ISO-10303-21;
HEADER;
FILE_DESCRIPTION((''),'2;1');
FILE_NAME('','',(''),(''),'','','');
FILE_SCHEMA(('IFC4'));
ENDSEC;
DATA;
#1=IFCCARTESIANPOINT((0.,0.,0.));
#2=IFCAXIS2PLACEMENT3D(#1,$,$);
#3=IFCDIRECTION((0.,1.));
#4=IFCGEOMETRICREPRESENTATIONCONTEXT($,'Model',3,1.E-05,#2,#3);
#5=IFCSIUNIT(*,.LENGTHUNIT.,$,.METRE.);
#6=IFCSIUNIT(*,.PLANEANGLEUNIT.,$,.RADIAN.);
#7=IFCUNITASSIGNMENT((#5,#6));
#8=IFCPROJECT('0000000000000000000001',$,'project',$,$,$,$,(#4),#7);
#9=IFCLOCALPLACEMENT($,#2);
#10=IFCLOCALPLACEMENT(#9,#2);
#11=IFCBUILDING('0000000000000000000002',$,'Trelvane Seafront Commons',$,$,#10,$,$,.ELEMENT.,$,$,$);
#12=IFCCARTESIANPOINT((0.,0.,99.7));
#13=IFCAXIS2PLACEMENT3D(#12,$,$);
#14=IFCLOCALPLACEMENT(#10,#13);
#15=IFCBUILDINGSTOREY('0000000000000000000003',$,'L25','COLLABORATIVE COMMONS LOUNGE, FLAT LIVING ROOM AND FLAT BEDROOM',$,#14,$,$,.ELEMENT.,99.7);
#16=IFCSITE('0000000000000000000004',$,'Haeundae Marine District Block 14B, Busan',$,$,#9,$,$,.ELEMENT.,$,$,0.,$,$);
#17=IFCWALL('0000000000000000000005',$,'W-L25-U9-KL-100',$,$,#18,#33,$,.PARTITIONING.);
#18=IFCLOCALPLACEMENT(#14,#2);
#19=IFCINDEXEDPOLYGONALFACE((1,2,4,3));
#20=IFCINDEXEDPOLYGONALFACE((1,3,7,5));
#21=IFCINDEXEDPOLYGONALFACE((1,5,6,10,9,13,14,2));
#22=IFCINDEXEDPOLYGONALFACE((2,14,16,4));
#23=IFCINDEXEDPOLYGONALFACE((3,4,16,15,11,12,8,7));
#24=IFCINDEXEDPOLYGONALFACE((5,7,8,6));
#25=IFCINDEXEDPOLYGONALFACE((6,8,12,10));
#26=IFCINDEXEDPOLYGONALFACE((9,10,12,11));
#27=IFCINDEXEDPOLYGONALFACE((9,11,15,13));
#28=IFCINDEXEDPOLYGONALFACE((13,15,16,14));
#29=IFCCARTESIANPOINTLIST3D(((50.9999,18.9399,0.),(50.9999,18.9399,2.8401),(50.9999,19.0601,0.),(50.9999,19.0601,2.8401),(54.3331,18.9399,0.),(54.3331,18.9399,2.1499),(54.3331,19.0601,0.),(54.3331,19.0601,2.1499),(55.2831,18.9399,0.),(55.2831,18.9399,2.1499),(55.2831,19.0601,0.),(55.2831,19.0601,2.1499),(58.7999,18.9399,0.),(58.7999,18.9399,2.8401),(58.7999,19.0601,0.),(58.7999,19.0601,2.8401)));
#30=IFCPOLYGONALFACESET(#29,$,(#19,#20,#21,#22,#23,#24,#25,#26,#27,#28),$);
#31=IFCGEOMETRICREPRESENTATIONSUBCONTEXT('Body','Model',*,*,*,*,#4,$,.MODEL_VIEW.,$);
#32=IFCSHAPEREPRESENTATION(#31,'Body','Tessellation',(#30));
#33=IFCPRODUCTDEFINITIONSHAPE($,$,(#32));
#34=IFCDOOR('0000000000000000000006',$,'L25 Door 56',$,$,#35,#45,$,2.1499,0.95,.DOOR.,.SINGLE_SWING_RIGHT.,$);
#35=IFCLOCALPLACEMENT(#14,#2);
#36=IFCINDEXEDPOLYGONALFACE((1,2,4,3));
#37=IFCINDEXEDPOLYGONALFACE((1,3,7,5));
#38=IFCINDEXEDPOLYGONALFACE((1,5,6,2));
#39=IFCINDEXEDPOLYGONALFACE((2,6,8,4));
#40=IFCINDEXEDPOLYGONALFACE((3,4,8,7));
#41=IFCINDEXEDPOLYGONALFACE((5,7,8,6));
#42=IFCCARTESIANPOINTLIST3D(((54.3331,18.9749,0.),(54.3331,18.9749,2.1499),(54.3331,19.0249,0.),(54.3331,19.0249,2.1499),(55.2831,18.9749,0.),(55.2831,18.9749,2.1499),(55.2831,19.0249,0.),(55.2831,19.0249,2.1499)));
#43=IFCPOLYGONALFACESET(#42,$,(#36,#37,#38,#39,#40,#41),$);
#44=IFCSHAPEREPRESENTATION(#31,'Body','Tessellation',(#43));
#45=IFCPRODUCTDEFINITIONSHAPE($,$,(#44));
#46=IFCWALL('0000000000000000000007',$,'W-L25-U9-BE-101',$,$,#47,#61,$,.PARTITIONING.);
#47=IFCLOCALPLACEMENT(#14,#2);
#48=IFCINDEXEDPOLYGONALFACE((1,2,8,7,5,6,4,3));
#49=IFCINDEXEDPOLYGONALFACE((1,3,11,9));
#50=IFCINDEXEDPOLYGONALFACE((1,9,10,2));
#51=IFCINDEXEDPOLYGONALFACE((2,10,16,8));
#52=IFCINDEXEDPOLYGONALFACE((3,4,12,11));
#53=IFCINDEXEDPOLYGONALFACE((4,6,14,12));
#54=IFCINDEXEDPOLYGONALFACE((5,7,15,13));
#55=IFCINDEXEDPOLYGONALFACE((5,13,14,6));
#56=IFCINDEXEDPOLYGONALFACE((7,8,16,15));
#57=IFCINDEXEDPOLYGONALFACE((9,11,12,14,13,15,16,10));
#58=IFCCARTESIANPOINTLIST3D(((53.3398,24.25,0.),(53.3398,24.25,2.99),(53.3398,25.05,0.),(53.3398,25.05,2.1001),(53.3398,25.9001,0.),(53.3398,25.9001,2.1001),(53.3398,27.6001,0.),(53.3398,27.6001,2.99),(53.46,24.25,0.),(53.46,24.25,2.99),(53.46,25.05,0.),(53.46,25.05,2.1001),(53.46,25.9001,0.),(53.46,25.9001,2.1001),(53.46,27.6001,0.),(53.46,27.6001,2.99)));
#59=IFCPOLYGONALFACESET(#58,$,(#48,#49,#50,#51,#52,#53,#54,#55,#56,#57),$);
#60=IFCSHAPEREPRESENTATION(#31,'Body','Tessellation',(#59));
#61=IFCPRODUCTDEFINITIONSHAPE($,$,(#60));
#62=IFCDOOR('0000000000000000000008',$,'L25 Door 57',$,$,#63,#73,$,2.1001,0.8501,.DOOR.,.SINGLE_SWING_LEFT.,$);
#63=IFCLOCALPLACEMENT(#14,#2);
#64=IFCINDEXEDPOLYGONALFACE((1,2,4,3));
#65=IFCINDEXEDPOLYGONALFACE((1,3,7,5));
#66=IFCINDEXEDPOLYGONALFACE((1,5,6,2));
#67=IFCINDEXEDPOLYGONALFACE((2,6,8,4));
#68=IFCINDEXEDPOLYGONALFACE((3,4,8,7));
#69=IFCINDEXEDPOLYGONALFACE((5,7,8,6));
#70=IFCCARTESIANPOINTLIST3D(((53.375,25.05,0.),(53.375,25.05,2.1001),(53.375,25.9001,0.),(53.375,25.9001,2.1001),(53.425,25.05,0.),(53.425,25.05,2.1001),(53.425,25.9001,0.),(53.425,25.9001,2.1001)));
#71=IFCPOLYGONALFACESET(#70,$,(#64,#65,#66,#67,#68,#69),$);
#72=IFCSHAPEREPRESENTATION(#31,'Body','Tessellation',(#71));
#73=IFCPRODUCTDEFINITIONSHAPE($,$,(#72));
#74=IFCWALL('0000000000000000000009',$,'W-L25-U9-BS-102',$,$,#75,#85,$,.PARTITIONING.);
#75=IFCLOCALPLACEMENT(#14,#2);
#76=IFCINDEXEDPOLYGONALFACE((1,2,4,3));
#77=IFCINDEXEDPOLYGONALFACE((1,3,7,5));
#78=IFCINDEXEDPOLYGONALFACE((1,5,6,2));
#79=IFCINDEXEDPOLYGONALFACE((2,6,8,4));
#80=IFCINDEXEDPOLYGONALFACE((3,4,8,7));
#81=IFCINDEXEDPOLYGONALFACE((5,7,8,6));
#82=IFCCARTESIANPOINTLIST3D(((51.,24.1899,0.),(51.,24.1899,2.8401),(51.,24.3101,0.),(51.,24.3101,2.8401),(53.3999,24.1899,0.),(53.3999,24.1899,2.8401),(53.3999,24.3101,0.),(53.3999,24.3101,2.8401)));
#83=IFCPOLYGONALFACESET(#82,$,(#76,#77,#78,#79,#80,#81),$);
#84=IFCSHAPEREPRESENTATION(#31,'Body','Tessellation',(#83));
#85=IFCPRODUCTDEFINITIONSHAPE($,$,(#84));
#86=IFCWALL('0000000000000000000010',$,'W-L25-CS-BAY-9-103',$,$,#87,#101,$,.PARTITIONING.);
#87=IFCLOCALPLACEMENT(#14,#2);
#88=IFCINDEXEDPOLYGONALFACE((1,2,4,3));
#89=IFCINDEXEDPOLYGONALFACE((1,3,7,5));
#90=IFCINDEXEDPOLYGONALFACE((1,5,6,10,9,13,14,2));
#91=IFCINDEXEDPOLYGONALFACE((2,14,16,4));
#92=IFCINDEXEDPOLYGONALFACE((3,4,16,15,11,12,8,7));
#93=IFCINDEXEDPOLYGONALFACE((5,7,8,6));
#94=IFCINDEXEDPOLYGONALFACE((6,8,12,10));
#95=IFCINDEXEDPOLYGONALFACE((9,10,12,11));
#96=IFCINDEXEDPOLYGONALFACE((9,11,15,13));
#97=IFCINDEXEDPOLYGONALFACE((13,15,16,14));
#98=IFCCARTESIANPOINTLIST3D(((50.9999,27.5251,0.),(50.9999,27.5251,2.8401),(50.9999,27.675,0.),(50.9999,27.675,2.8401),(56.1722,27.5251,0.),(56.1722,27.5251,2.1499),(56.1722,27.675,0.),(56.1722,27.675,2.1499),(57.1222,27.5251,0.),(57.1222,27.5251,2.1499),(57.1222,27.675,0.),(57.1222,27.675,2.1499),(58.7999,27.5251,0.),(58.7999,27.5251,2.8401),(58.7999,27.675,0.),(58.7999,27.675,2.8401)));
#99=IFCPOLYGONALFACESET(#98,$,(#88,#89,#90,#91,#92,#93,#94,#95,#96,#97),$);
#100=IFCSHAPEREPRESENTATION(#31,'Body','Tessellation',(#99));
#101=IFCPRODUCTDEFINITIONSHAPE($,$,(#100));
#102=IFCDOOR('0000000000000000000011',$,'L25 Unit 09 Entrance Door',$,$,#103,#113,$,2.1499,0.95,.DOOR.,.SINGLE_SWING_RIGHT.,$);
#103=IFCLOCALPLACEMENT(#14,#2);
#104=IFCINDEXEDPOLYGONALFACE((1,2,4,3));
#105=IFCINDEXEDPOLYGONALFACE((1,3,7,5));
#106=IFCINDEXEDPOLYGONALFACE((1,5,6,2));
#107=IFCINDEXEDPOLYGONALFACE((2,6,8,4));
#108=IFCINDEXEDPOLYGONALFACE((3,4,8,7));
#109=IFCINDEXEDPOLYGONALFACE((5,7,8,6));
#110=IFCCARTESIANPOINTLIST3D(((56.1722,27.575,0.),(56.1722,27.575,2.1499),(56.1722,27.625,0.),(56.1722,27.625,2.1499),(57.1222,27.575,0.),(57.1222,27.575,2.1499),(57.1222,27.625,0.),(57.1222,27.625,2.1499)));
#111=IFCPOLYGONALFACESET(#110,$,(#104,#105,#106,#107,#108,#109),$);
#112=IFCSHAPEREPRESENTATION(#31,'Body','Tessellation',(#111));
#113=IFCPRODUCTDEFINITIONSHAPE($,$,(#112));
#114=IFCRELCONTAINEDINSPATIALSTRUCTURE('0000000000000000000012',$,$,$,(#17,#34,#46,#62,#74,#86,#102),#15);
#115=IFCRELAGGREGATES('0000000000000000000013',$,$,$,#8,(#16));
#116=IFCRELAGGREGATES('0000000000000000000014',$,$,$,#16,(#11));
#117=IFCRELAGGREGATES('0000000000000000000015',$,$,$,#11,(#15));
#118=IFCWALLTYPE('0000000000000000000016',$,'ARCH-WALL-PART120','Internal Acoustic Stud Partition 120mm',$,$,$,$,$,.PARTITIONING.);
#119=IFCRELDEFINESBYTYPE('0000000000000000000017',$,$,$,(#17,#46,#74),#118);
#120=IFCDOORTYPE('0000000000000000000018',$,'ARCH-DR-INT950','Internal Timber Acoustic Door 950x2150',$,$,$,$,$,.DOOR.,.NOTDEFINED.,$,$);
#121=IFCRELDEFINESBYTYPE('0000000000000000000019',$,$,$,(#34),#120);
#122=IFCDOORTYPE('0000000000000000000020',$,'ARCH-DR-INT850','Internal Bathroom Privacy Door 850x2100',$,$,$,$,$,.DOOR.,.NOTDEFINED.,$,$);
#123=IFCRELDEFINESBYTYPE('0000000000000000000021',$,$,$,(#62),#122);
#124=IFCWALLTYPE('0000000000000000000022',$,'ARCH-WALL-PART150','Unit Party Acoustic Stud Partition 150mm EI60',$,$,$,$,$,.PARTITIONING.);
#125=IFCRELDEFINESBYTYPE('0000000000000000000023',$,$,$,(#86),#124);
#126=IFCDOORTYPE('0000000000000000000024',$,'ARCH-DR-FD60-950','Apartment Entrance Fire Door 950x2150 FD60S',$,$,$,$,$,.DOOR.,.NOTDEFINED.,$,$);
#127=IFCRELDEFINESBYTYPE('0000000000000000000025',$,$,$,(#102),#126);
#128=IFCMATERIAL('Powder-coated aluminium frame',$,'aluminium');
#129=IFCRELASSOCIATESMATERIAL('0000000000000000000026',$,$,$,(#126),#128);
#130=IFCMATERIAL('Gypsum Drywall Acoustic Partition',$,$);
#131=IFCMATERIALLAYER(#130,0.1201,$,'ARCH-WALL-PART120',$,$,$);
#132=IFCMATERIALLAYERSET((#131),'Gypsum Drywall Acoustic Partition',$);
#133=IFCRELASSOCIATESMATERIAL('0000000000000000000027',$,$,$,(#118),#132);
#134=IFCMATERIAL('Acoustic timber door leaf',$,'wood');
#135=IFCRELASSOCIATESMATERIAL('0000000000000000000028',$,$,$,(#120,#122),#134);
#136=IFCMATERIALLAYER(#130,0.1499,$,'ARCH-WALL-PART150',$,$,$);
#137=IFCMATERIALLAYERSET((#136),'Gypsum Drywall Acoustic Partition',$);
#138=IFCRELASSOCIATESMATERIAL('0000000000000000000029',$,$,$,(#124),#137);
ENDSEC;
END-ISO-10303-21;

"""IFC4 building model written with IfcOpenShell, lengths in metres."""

from ifc_helpers import new_model, si_unit, direction, frame, frame_2d, origin, place, context, subcontext, project, spatial, rectangle, extrude, source, transform, mapped, material, layer, layer_set, type_object, element, fill, save


model = new_model("IFC4")

# Units and contexts
model_context = context("Model", 3, precision=1e-05, world=origin(), true_north=direction((0.0, 1.0)))
body_context = subcontext(model_context, "Body", "Model", "MODEL_VIEW")
ifc_project = project(units=[si_unit("LENGTHUNIT", "METRE"), si_unit("PLANEANGLEUNIT", "RADIAN")], contexts=[model_context])

# Site, building, storey
site_placement = place(None, origin())
site = spatial("IfcSite", under=ifc_project, at=site_placement, Name="Haeundae Marine District Block 14B, Busan", CompositionType="ELEMENT", RefElevation=0.0)
building_placement = place(site_placement, origin())
building = spatial("IfcBuilding", under=site, at=building_placement, Name="Trelvane Seafront Commons", CompositionType="ELEMENT")
storey_placement = place(building_placement, frame((0.0, 0.0, 99.7)))
storey = spatial("IfcBuildingStorey", under=building, at=storey_placement, Name="L25", Description="COLLABORATIVE COMMONS LOUNGE, FLAT LIVING ROOM AND FLAT BEDROOM", CompositionType="ELEMENT", Elevation=99.7)

# Shared definitions
ifc_material_1 = material(Name="Powder-coated aluminium frame", Category="aluminium")
door_type_1 = type_object("IfcDoorType", Name="ARCH-DR-FD60-950", Description="Apartment Entrance Fire Door 950x2150 FD60S", OperationType="NOTDEFINED", PredefinedType="DOOR", material=ifc_material_1)
shared_shape_1 = source(origin(), body_context, "Body", "SweptSolid", [
    extrude(rectangle(XDim=0.95, YDim=2.1499, at=frame_2d((0.4751, 1.075))), frame((0.0, 0.0249, 0.0), z_axis=(0.0, -1.0, 0.0), x_axis=(1.0, 0.0, 0.0)), (0.0, 0.0, 1.0), 0.05),
])

# Shared definitions
ifc_material_2 = material(Name="Gypsum Drywall Acoustic Partition")
ifc_layer_1 = layer(ifc_material_2, 0.1201, Name="ARCH-WALL-PART120")
ifc_layer_set_1 = layer_set([ifc_layer_1], Name="Gypsum Drywall Acoustic Partition")
wall_type_1 = type_object("IfcWallType", Name="ARCH-WALL-PART120", Description="Internal Acoustic Stud Partition 120mm", PredefinedType="PARTITIONING", material=ifc_layer_set_1)
ifc_material_3 = material(Name="Acoustic timber door leaf", Category="wood")
door_type_2 = type_object("IfcDoorType", Name="ARCH-DR-INT950", Description="Internal Timber Acoustic Door 950x2150", OperationType="NOTDEFINED", PredefinedType="DOOR", material=ifc_material_3)

# Walls, openings, doors
wall_1_placement = place(storey_placement, frame((51.0, 19.0, 0.0), z_axis=(0.0, 0.0, 1.0), x_axis=(1.0, 0.0, 0.0)))
wall_1 = element("IfcWall", 1, at=wall_1_placement, inside=storey, type_object=wall_type_1, Name="W-L25-U9-KL-100", PredefinedType="PARTITIONING", context=body_context, shape_type="SweptSolid", body=[
    extrude(rectangle(XDim=7.8, YDim=0.1201, at=frame_2d((3.8999, 0.0))), origin(), (0.0, 0.0, 1.0), 2.8401),
])
opening_1_placement = place(wall_1_placement, frame((3.333, 0.0, 0.0)))
opening_1 = element("IfcOpeningElement", 2, at=opening_1_placement, cuts=wall_1, PredefinedType="OPENING", context=body_context, shape_type="SweptSolid", body=[
    extrude(rectangle(XDim=0.95, YDim=2.1499, at=frame_2d((0.4751, 1.075))), frame((0.0, 0.0701, 0.0), z_axis=(0.0, -1.0, 0.0), x_axis=(1.0, 0.0, 0.0)), (0.0, 0.0, 1.0), 0.1401),
])
door_1_placement = place(opening_1_placement, origin())
door_1 = element("IfcDoor", 3, at=door_1_placement, inside=storey, type_object=door_type_2, Name="L25 Door 56", OperationType="SINGLE_SWING_RIGHT", OverallHeight=2.1499, OverallWidth=0.95, PredefinedType="DOOR", context=body_context, shape_type="MappedRepresentation", body=[
    mapped(shared_shape_1, transform((0.0, 0.0, 0.0), x_axis=(1.0, 0.0, 0.0), y_axis=(0.0, 1.0, 0.0), z_axis=(0.0, 0.0, 1.0), scale=1.0)),
])
fill(opening_1, door_1)
wall_2_placement = place(storey_placement, frame((53.3999, 24.25, 0.0), z_axis=(0.0, 0.0, 1.0), x_axis=(0.0, 1.0, 0.0)))
wall_2 = element("IfcWall", 4, at=wall_2_placement, inside=storey, type_object=wall_type_1, Name="W-L25-U9-BE-101", PredefinedType="PARTITIONING", context=body_context, shape_type="SweptSolid", body=[
    extrude(rectangle(XDim=3.3501, YDim=0.1201, at=frame_2d((1.675, 0.0))), origin(), (0.0, 0.0, 1.0), 2.99),
])
opening_2_placement = place(wall_2_placement, frame((0.8, 0.0, 0.0)))
opening_2 = element("IfcOpeningElement", 5, at=opening_2_placement, cuts=wall_2, PredefinedType="OPENING", context=body_context, shape_type="SweptSolid", body=[
    extrude(rectangle(XDim=0.8501, YDim=2.1001, at=frame_2d((0.425, 1.05))), frame((0.0, 0.0701, 0.0), z_axis=(0.0, -1.0, 0.0), x_axis=(1.0, 0.0, 0.0)), (0.0, 0.0, 1.0), 0.1401),
])
door_type_3 = type_object("IfcDoorType", Name="ARCH-DR-INT850", Description="Internal Bathroom Privacy Door 850x2100", OperationType="NOTDEFINED", PredefinedType="DOOR", material=ifc_material_3)
shared_shape_2 = source(origin(), body_context, "Body", "SweptSolid", [
    extrude(rectangle(XDim=0.8501, YDim=2.1001, at=frame_2d((0.425, 1.05))), frame((0.0, 0.0249, 0.0), z_axis=(0.0, -1.0, 0.0), x_axis=(1.0, 0.0, 0.0)), (0.0, 0.0, 1.0), 0.05),
])
door_2_placement = place(opening_2_placement, origin())
door_2 = element("IfcDoor", 6, at=door_2_placement, inside=storey, type_object=door_type_3, Name="L25 Door 57", OperationType="SINGLE_SWING_LEFT", OverallHeight=2.1001, OverallWidth=0.8501, PredefinedType="DOOR", context=body_context, shape_type="MappedRepresentation", body=[
    mapped(shared_shape_2, transform((0.0, 0.0, 0.0), x_axis=(1.0, 0.0, 0.0), y_axis=(0.0, 1.0, 0.0), z_axis=(0.0, 0.0, 1.0), scale=1.0)),
])
fill(opening_2, door_2)

# Wall
wall_3_placement = place(storey_placement, frame((51.0, 24.25, 0.0), z_axis=(0.0, 0.0, 1.0), x_axis=(1.0, 0.0, 0.0)))
element("IfcWall", 7, at=wall_3_placement, inside=storey, type_object=wall_type_1, Name="W-L25-U9-BS-102", PredefinedType="PARTITIONING", context=body_context, shape_type="SweptSolid", body=[
    extrude(rectangle(XDim=2.3999, YDim=0.1201, at=frame_2d((1.2, 0.0))), origin(), (0.0, 0.0, 1.0), 2.8401),
])

# Wall, opening, door
ifc_layer_2 = layer(ifc_material_2, 0.1499, Name="ARCH-WALL-PART150")
ifc_layer_set_2 = layer_set([ifc_layer_2], Name="Gypsum Drywall Acoustic Partition")
wall_type_2 = type_object("IfcWallType", Name="ARCH-WALL-PART150", Description="Unit Party Acoustic Stud Partition 150mm EI60", PredefinedType="PARTITIONING", material=ifc_layer_set_2)
wall_4_placement = place(storey_placement, frame((51.0, 27.6001, 0.0), z_axis=(0.0, 0.0, 1.0), x_axis=(1.0, 0.0, 0.0)))
wall_4 = element("IfcWall", 8, at=wall_4_placement, inside=storey, type_object=wall_type_2, Name="W-L25-CS-BAY-9-103", PredefinedType="PARTITIONING", context=body_context, shape_type="SweptSolid", body=[
    extrude(rectangle(XDim=7.8, YDim=0.1499, at=frame_2d((3.8999, 0.0))), origin(), (0.0, 0.0, 1.0), 2.8401),
])
opening_3_placement = place(wall_4_placement, frame((5.1721, 0.0, 0.0)))
opening_3 = element("IfcOpeningElement", 9, at=opening_3_placement, cuts=wall_4, PredefinedType="OPENING", context=body_context, shape_type="SweptSolid", body=[
    extrude(rectangle(XDim=0.95, YDim=2.1499, at=frame_2d((0.4751, 1.075))), frame((0.0, 0.085, 0.0), z_axis=(0.0, -1.0, 0.0), x_axis=(1.0, 0.0, 0.0)), (0.0, 0.0, 1.0), 0.1699),
])
door_3_placement = place(opening_3_placement, origin())
door_3 = element("IfcDoor", 10, at=door_3_placement, inside=storey, type_object=door_type_1, Name="L25 Unit 09 Entrance Door", OperationType="SINGLE_SWING_RIGHT", OverallHeight=2.1499, OverallWidth=0.95, PredefinedType="DOOR", context=body_context, shape_type="MappedRepresentation", body=[
    mapped(shared_shape_1, transform((0.0, 0.0, 0.0), x_axis=(1.0, 0.0, 0.0), y_axis=(0.0, 1.0, 0.0), z_axis=(0.0, 0.0, 1.0), scale=1.0)),
])
fill(opening_3, door_3)

save(model, "model.ifc")
